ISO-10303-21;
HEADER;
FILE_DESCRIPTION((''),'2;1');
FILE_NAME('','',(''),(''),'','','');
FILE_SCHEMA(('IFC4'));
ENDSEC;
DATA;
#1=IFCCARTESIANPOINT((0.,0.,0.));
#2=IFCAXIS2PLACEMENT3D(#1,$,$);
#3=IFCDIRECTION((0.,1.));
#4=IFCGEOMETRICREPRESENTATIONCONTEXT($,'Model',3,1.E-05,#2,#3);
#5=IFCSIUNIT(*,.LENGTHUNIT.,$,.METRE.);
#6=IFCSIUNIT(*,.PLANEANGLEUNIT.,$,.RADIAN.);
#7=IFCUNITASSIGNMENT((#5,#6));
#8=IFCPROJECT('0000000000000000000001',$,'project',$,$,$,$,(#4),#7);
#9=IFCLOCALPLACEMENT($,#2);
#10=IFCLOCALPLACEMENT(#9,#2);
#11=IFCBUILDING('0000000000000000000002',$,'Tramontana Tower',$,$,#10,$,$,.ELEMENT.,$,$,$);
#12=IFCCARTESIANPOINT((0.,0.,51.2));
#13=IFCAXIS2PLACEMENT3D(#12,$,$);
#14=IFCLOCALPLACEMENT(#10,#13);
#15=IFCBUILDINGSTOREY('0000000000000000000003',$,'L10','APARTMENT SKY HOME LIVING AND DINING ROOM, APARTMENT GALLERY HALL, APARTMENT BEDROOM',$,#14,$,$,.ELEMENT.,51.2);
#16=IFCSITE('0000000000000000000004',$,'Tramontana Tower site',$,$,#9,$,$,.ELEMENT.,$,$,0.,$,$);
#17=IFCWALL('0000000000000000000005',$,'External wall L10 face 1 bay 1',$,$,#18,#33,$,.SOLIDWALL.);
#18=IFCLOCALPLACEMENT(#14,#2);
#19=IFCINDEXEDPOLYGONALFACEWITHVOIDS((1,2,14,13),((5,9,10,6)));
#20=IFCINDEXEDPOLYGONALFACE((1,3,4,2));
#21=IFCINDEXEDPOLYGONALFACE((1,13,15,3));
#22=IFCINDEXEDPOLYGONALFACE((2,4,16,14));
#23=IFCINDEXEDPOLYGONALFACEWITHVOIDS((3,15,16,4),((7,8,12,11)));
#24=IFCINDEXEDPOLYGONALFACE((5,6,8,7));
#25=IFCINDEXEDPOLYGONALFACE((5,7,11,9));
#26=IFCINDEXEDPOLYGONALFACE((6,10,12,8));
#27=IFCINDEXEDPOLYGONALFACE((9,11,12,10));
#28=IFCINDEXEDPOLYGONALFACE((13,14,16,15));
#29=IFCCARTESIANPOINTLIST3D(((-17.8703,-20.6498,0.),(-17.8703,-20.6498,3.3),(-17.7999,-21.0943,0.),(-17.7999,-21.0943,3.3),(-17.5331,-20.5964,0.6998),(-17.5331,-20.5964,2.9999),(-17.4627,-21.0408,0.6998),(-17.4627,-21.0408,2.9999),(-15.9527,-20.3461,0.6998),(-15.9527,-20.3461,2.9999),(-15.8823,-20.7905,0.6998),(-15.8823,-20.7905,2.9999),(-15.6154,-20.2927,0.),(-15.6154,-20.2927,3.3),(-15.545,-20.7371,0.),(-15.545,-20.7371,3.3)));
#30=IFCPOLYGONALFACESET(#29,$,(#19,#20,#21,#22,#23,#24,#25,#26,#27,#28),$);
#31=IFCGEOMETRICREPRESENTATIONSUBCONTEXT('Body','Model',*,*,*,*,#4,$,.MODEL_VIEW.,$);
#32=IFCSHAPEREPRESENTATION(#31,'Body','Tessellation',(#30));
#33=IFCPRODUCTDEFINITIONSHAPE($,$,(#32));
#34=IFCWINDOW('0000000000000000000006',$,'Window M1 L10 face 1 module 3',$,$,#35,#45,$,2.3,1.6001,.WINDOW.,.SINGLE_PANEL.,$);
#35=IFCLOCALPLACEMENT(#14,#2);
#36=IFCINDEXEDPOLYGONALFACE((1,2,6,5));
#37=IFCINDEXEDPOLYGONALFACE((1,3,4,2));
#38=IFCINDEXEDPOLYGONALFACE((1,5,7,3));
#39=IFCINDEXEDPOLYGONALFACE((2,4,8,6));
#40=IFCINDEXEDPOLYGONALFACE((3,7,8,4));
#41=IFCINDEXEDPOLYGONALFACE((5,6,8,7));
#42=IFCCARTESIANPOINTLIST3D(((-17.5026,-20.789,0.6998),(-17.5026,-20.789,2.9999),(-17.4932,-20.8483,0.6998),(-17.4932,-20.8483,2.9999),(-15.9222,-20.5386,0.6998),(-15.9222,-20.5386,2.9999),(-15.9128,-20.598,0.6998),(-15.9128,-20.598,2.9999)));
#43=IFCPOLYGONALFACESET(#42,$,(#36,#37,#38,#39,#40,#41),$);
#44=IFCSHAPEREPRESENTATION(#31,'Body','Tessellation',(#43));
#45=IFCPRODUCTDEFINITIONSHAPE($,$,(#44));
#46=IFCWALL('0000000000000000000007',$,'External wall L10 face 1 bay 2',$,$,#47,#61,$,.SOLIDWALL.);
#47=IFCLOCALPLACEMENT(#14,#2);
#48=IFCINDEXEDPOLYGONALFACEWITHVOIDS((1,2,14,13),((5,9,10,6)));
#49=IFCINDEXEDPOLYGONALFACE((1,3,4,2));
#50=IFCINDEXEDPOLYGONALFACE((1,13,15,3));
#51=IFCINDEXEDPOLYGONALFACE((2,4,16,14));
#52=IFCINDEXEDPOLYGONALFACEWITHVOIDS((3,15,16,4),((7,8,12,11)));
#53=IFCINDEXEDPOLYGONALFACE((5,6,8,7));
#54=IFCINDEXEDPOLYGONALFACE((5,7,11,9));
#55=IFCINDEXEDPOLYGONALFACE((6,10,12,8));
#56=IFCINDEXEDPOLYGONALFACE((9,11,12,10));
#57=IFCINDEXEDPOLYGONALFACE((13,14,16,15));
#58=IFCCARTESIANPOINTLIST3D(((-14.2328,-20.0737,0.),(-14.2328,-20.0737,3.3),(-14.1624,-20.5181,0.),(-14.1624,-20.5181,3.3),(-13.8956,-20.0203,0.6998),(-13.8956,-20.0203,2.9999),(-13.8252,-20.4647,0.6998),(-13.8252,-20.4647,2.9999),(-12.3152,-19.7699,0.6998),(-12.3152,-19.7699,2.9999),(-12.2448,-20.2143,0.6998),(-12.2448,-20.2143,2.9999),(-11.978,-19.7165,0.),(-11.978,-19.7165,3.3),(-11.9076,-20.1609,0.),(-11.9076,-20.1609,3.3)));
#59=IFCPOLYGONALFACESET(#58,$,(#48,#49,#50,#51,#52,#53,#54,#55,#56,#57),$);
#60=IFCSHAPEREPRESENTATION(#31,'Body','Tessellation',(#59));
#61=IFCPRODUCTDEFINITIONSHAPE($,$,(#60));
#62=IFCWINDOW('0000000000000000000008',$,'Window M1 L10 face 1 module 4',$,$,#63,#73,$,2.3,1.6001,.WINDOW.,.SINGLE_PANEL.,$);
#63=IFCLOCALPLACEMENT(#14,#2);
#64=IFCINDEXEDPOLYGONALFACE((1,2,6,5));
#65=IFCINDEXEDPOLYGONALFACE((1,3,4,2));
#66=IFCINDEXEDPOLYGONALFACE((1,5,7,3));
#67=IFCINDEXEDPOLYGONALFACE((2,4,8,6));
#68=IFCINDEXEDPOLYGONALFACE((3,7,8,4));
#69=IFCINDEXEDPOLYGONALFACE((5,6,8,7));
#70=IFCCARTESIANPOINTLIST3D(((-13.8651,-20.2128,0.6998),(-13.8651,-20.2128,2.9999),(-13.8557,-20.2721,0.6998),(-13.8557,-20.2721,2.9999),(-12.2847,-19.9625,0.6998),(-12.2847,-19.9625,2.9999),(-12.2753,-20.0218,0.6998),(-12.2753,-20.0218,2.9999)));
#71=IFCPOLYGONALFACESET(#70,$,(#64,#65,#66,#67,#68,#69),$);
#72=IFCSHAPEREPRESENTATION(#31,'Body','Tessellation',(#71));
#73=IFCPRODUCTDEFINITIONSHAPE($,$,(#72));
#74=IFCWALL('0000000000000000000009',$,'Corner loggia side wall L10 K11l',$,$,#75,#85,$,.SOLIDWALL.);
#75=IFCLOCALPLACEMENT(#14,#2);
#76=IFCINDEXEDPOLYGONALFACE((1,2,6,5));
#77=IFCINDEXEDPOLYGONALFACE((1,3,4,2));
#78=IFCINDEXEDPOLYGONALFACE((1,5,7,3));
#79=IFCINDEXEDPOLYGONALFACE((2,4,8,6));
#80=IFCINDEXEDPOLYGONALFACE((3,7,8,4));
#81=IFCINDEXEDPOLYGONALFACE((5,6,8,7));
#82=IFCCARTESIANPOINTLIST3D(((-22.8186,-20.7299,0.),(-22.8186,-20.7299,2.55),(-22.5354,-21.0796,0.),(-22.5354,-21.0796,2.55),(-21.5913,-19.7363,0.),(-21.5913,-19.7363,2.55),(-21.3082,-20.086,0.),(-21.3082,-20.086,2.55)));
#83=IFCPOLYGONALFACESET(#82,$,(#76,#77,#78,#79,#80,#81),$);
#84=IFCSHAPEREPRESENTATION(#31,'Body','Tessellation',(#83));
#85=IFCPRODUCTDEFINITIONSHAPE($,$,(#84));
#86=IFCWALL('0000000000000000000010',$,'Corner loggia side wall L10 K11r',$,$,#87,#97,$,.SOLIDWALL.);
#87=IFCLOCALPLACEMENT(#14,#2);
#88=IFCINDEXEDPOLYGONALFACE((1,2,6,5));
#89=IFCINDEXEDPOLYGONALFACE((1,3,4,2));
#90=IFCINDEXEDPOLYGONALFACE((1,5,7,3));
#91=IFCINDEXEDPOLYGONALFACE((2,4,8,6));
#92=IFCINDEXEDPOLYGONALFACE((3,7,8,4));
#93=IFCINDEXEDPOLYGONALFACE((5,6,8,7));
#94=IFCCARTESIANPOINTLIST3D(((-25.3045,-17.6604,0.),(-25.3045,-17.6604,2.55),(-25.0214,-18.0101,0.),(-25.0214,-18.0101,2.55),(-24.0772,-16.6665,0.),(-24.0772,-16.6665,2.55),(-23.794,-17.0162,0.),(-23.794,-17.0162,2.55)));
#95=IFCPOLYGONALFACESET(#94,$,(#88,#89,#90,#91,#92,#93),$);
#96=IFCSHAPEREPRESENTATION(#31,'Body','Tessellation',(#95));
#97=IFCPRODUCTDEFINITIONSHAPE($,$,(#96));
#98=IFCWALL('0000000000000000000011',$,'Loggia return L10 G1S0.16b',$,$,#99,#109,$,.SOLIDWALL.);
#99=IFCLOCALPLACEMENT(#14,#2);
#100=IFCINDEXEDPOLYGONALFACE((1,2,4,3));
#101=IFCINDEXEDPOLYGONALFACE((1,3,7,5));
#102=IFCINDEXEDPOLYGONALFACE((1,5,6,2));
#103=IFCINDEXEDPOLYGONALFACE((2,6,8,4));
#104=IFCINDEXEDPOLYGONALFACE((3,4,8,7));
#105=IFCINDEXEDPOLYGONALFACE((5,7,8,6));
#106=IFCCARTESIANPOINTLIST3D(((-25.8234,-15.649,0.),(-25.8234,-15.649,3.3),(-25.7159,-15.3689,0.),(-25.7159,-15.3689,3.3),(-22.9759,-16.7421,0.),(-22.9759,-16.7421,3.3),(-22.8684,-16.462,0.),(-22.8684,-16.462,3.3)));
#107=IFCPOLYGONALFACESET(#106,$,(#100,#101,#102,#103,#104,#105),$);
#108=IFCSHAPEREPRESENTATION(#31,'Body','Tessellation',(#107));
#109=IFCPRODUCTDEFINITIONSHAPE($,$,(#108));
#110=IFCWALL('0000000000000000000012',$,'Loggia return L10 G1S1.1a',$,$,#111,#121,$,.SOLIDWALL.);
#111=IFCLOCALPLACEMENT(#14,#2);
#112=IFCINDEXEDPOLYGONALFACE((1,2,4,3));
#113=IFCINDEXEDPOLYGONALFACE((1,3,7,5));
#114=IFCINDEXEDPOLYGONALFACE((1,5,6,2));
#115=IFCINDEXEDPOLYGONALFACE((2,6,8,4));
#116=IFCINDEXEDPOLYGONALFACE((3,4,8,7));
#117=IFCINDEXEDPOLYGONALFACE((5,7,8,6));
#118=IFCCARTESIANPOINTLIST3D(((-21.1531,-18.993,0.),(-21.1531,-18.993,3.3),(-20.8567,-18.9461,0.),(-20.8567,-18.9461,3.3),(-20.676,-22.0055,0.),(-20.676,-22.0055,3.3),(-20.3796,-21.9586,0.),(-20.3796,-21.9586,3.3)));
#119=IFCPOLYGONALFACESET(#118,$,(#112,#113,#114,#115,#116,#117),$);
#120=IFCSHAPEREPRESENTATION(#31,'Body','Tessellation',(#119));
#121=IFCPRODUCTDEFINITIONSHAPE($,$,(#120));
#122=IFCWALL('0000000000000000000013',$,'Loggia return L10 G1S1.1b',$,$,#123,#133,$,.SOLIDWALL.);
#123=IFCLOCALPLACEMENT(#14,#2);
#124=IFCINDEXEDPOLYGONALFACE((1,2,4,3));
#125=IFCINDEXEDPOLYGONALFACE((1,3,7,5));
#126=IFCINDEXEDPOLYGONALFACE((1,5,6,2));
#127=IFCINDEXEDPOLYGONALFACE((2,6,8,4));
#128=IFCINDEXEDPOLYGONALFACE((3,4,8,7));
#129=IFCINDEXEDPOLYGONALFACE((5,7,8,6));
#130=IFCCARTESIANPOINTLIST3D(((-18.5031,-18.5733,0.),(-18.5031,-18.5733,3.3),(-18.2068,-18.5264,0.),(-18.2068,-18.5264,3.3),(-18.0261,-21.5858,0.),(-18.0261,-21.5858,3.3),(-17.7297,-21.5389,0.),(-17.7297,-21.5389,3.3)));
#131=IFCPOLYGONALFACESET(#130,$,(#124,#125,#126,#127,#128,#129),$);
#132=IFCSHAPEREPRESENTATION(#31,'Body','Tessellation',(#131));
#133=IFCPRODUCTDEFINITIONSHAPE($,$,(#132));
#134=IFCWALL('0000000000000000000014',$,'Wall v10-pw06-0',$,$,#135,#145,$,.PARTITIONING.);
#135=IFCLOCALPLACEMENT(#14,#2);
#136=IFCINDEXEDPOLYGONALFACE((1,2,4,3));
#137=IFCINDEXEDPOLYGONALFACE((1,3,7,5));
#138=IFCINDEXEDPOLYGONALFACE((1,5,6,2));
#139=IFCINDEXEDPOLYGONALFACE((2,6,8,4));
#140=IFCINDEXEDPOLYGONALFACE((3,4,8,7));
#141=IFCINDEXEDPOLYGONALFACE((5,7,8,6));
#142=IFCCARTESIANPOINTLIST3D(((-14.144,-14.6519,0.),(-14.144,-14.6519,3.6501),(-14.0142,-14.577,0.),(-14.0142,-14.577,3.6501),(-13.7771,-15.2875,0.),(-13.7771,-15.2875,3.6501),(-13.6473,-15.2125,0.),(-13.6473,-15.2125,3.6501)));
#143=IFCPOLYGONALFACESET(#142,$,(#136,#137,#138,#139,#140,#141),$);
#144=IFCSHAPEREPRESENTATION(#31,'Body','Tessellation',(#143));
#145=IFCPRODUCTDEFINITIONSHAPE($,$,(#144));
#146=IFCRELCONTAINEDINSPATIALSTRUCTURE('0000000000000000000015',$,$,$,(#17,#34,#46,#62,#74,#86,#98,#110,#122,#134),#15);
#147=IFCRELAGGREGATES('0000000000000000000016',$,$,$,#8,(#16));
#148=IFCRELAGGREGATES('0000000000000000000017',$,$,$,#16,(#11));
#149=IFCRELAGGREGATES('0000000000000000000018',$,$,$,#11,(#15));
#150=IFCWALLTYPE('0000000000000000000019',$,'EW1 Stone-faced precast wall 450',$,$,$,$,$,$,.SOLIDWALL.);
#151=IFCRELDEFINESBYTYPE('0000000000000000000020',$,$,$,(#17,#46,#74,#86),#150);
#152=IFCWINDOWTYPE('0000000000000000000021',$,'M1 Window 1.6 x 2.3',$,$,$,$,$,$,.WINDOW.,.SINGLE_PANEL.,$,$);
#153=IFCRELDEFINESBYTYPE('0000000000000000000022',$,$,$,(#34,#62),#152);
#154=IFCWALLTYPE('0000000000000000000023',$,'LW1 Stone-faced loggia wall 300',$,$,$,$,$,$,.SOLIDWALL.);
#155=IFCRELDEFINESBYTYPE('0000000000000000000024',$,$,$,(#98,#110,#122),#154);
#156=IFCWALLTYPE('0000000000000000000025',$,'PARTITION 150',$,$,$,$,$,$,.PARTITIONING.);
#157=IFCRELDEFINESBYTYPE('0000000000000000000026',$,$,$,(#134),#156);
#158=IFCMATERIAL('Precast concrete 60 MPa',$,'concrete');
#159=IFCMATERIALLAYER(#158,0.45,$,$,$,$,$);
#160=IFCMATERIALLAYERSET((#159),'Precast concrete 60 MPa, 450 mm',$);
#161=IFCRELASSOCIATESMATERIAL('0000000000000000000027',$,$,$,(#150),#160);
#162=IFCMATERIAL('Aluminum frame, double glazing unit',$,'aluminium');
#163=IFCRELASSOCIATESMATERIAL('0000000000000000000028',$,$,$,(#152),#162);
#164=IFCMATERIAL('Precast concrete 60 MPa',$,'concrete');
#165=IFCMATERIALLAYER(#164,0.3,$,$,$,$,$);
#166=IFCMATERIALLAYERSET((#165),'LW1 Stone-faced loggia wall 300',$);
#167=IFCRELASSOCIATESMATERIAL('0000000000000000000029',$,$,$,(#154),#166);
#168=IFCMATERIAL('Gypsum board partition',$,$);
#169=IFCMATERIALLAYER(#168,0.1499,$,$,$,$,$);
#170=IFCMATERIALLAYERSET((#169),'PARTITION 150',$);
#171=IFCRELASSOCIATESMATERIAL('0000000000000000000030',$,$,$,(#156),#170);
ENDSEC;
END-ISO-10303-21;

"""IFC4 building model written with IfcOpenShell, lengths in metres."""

from ifc_helpers import new_model, si_unit, direction, frame, frame_2d, origin, place, context, subcontext, project, spatial, rectangle, extrude, material, layer, layer_set, type_object, element, fill, save


model = new_model("IFC4")

# Units and contexts
model_context = context("Model", 3, precision=1e-05, world=origin(), true_north=direction((0.0, 1.0)))
body_context = subcontext(model_context, "Body", "Model", "MODEL_VIEW")
ifc_project = project(units=[si_unit("LENGTHUNIT", "METRE"), si_unit("PLANEANGLEUNIT", "RADIAN")], contexts=[model_context])

# Site, building, storey
site_placement = place(None, origin())
site = spatial("IfcSite", under=ifc_project, at=site_placement, Name="Tramontana Tower site", CompositionType="ELEMENT", RefElevation=0.0)
building_placement = place(site_placement, origin())
building = spatial("IfcBuilding", under=site, at=building_placement, Name="Tramontana Tower", CompositionType="ELEMENT")
storey_placement = place(building_placement, frame((0.0, 0.0, 51.2)))
storey = spatial("IfcBuildingStorey", under=building, at=storey_placement, Name="L10", Description="APARTMENT SKY HOME LIVING AND DINING ROOM, APARTMENT GALLERY HALL, APARTMENT BEDROOM", CompositionType="ELEMENT", Elevation=51.2)

# Walls, openings, windows
ifc_material_1 = material(Name="Precast concrete 60 MPa", Category="concrete")
ifc_layer_1 = layer(ifc_material_1, 0.45)
ifc_layer_set_1 = layer_set([ifc_layer_1], Name="Precast concrete 60 MPa, 450 mm")
wall_type_1 = type_object("IfcWallType", Name="EW1 Stone-faced precast wall 450", PredefinedType="SOLIDWALL", material=ifc_layer_set_1)
wall_1_placement = place(storey_placement, frame((-17.8352, -20.8721, 0.0), z_axis=(0.0, 0.0, 1.0), x_axis=(0.987686, 0.156451, 0.0)))
wall_1 = element("IfcWall", 1, at=wall_1_placement, inside=storey, type_object=wall_type_1, Name="External wall L10 face 1 bay 1", PredefinedType="SOLIDWALL", context=body_context, shape_type="SweptSolid", body=[
    extrude(rectangle(XDim=2.283, YDim=0.45, at=frame_2d((1.1416, 0.0))), origin(), (0.0, 0.0, 1.0), 3.3),
])
opening_1_placement = place(wall_1_placement, frame((0.3416, 0.0, 0.7)))
opening_1 = element("IfcOpeningElement", 2, at=opening_1_placement, cuts=wall_1, PredefinedType="OPENING", context=body_context, shape_type="SweptSolid", body=[
    extrude(rectangle(XDim=1.6001, YDim=2.3, at=frame_2d((0.8, 1.1499))), frame((0.0, 0.2349, 0.0), z_axis=(0.0, -1.0, 0.0), x_axis=(1.0, 0.0, 0.0)), (0.0, 0.0, 1.0), 0.47),
])
ifc_material_2 = material(Name="Aluminum frame, double glazing unit", Category="aluminium")
window_type_1 = type_object("IfcWindowType", Name="M1 Window 1.6 x 2.3", PartitioningType="SINGLE_PANEL", PredefinedType="WINDOW", material=ifc_material_2)
window_1_placement = place(opening_1_placement, origin())
window_1 = element("IfcWindow", 3, at=window_1_placement, inside=storey, type_object=window_type_1, Name="Window M1 L10 face 1 module 3", OverallHeight=2.3, OverallWidth=1.6001, PartitioningType="SINGLE_PANEL", PredefinedType="WINDOW", context=body_context, shape_type="SweptSolid", body=[
    extrude(rectangle(XDim=1.6001, YDim=2.3, at=frame_2d((0.8, 1.1499))), frame((0.0, 0.03, 0.0), z_axis=(0.0, -1.0, 0.0), x_axis=(1.0, 0.0, 0.0)), (0.0, 0.0, 1.0), 0.0601),
])
fill(opening_1, window_1)
wall_2_placement = place(storey_placement, frame((-14.1978, -20.2959, 0.0), z_axis=(0.0, 0.0, 1.0), x_axis=(0.987686, 0.156451, 0.0)))
wall_2 = element("IfcWall", 4, at=wall_2_placement, inside=storey, type_object=wall_type_1, Name="External wall L10 face 1 bay 2", PredefinedType="SOLIDWALL", context=body_context, shape_type="SweptSolid", body=[
    extrude(rectangle(XDim=2.283, YDim=0.45, at=frame_2d((1.1416, 0.0))), origin(), (0.0, 0.0, 1.0), 3.3),
])
opening_2_placement = place(wall_2_placement, frame((0.3416, 0.0, 0.7)))
opening_2 = element("IfcOpeningElement", 5, at=opening_2_placement, cuts=wall_2, PredefinedType="OPENING", context=body_context, shape_type="SweptSolid", body=[
    extrude(rectangle(XDim=1.6001, YDim=2.3, at=frame_2d((0.8, 1.1499))), frame((0.0, 0.2349, 0.0), z_axis=(0.0, -1.0, 0.0), x_axis=(1.0, 0.0, 0.0)), (0.0, 0.0, 1.0), 0.47),
])
window_2_placement = place(opening_2_placement, origin())
window_2 = element("IfcWindow", 6, at=window_2_placement, inside=storey, type_object=window_type_1, Name="Window M1 L10 face 1 module 4", OverallHeight=2.3, OverallWidth=1.6001, PartitioningType="SINGLE_PANEL", PredefinedType="WINDOW", context=body_context, shape_type="SweptSolid", body=[
    extrude(rectangle(XDim=1.6001, YDim=2.3, at=frame_2d((0.8, 1.1499))), frame((0.0, 0.03, 0.0), z_axis=(0.0, -1.0, 0.0), x_axis=(1.0, 0.0, 0.0)), (0.0, 0.0, 1.0), 0.0601),
])
fill(opening_2, window_2)

# Walls
wall_3_placement = place(storey_placement, frame((-22.677, -20.9048, 0.0), z_axis=(0.0, 0.0, 1.0), x_axis=(0.777205, 0.629247, 0.0)))
element("IfcWall", 7, at=wall_3_placement, inside=storey, type_object=wall_type_1, Name="Corner loggia side wall L10 K11l", PredefinedType="SOLIDWALL", context=body_context, shape_type="SweptSolid", body=[
    extrude(rectangle(XDim=1.5791, YDim=0.45, at=frame_2d((0.7896, 0.0))), origin(), (0.0, 0.0, 1.0), 2.55),
])
wall_4_placement = place(storey_placement, frame((-25.1628, -17.8352, 0.0), z_axis=(0.0, 0.0, 1.0), x_axis=(0.77713, 0.629341, 0.0)))
element("IfcWall", 8, at=wall_4_placement, inside=storey, type_object=wall_type_1, Name="Corner loggia side wall L10 K11r", PredefinedType="SOLIDWALL", context=body_context, shape_type="SweptSolid", body=[
    extrude(rectangle(XDim=1.5793, YDim=0.45, at=frame_2d((0.7896, 0.0))), origin(), (0.0, 0.0, 1.0), 2.55),
])

# Wall
ifc_material_3 = material(Name="Precast concrete 60 MPa", Category="concrete")
ifc_layer_2 = layer(ifc_material_3, 0.3)
ifc_layer_set_2 = layer_set([ifc_layer_2], Name="LW1 Stone-faced loggia wall 300")
wall_type_2 = type_object("IfcWallType", Name="LW1 Stone-faced loggia wall 300", PredefinedType="SOLIDWALL", material=ifc_layer_set_2)
wall_5_placement = place(storey_placement, frame((-25.7695, -15.509, 0.0), z_axis=(0.0, 0.0, 1.0), x_axis=(0.933581, -0.358368, 0.0)))
element("IfcWall", 9, at=wall_5_placement, inside=storey, type_object=wall_type_2, Name="Loggia return L10 G1S0.16b", PredefinedType="SOLIDWALL", context=body_context, shape_type="SweptSolid", body=[
    extrude(rectangle(XDim=3.05, YDim=0.3, at=frame_2d((1.5249, 0.0))), origin(), (0.0, 0.0, 1.0), 3.3),
])

# Walls
for number, where, z_axis, x_axis, name in (
    (10, (-20.5278, -21.9819, 0.0), (0.0, 0.0, 1.0), (-0.156411, 0.987692, 0.0), "Loggia return L10 G1S1.1a"),
    (11, (-17.8779, -21.5623, 0.0), (0.0, 0.0, 1.0), (-0.156411, 0.987692, 0.0), "Loggia return L10 G1S1.1b"),
):
    element("IfcWall", number, at=place(storey_placement, frame(where, z_axis=z_axis, x_axis=x_axis)), inside=storey, type_object=wall_type_2, Name=name, PredefinedType="SOLIDWALL", context=body_context, shape_type="SweptSolid", body=[
        extrude(rectangle(XDim=3.05, YDim=0.3, at=frame_2d((1.5249, 0.0))), origin(), (0.0, 0.0, 1.0), 3.3),
    ])
ifc_material_4 = material(Name="Gypsum board partition")
ifc_layer_3 = layer(ifc_material_4, 0.1499)
ifc_layer_set_3 = layer_set([ifc_layer_3], Name="PARTITION 150")
wall_type_3 = type_object("IfcWallType", Name="PARTITION 150", PredefinedType="PARTITIONING", material=ifc_layer_set_3)
wall_6_placement = place(storey_placement, frame((-13.7122, -15.25, 0.0), z_axis=(0.0, 0.0, 1.0), x_axis=(-0.500039, 0.866003, 0.0)))
element("IfcWall", 12, at=wall_6_placement, inside=storey, type_object=wall_type_3, Name="Wall v10-pw06-0", PredefinedType="PARTITIONING", context=body_context, shape_type="SweptSolid", body=[
    extrude(rectangle(XDim=0.7339, YDim=0.1499, at=frame_2d((0.3669, 0.0))), origin(), (0.0, 0.0, 1.0), 3.6501),
])

save(model, "model.ifc")
